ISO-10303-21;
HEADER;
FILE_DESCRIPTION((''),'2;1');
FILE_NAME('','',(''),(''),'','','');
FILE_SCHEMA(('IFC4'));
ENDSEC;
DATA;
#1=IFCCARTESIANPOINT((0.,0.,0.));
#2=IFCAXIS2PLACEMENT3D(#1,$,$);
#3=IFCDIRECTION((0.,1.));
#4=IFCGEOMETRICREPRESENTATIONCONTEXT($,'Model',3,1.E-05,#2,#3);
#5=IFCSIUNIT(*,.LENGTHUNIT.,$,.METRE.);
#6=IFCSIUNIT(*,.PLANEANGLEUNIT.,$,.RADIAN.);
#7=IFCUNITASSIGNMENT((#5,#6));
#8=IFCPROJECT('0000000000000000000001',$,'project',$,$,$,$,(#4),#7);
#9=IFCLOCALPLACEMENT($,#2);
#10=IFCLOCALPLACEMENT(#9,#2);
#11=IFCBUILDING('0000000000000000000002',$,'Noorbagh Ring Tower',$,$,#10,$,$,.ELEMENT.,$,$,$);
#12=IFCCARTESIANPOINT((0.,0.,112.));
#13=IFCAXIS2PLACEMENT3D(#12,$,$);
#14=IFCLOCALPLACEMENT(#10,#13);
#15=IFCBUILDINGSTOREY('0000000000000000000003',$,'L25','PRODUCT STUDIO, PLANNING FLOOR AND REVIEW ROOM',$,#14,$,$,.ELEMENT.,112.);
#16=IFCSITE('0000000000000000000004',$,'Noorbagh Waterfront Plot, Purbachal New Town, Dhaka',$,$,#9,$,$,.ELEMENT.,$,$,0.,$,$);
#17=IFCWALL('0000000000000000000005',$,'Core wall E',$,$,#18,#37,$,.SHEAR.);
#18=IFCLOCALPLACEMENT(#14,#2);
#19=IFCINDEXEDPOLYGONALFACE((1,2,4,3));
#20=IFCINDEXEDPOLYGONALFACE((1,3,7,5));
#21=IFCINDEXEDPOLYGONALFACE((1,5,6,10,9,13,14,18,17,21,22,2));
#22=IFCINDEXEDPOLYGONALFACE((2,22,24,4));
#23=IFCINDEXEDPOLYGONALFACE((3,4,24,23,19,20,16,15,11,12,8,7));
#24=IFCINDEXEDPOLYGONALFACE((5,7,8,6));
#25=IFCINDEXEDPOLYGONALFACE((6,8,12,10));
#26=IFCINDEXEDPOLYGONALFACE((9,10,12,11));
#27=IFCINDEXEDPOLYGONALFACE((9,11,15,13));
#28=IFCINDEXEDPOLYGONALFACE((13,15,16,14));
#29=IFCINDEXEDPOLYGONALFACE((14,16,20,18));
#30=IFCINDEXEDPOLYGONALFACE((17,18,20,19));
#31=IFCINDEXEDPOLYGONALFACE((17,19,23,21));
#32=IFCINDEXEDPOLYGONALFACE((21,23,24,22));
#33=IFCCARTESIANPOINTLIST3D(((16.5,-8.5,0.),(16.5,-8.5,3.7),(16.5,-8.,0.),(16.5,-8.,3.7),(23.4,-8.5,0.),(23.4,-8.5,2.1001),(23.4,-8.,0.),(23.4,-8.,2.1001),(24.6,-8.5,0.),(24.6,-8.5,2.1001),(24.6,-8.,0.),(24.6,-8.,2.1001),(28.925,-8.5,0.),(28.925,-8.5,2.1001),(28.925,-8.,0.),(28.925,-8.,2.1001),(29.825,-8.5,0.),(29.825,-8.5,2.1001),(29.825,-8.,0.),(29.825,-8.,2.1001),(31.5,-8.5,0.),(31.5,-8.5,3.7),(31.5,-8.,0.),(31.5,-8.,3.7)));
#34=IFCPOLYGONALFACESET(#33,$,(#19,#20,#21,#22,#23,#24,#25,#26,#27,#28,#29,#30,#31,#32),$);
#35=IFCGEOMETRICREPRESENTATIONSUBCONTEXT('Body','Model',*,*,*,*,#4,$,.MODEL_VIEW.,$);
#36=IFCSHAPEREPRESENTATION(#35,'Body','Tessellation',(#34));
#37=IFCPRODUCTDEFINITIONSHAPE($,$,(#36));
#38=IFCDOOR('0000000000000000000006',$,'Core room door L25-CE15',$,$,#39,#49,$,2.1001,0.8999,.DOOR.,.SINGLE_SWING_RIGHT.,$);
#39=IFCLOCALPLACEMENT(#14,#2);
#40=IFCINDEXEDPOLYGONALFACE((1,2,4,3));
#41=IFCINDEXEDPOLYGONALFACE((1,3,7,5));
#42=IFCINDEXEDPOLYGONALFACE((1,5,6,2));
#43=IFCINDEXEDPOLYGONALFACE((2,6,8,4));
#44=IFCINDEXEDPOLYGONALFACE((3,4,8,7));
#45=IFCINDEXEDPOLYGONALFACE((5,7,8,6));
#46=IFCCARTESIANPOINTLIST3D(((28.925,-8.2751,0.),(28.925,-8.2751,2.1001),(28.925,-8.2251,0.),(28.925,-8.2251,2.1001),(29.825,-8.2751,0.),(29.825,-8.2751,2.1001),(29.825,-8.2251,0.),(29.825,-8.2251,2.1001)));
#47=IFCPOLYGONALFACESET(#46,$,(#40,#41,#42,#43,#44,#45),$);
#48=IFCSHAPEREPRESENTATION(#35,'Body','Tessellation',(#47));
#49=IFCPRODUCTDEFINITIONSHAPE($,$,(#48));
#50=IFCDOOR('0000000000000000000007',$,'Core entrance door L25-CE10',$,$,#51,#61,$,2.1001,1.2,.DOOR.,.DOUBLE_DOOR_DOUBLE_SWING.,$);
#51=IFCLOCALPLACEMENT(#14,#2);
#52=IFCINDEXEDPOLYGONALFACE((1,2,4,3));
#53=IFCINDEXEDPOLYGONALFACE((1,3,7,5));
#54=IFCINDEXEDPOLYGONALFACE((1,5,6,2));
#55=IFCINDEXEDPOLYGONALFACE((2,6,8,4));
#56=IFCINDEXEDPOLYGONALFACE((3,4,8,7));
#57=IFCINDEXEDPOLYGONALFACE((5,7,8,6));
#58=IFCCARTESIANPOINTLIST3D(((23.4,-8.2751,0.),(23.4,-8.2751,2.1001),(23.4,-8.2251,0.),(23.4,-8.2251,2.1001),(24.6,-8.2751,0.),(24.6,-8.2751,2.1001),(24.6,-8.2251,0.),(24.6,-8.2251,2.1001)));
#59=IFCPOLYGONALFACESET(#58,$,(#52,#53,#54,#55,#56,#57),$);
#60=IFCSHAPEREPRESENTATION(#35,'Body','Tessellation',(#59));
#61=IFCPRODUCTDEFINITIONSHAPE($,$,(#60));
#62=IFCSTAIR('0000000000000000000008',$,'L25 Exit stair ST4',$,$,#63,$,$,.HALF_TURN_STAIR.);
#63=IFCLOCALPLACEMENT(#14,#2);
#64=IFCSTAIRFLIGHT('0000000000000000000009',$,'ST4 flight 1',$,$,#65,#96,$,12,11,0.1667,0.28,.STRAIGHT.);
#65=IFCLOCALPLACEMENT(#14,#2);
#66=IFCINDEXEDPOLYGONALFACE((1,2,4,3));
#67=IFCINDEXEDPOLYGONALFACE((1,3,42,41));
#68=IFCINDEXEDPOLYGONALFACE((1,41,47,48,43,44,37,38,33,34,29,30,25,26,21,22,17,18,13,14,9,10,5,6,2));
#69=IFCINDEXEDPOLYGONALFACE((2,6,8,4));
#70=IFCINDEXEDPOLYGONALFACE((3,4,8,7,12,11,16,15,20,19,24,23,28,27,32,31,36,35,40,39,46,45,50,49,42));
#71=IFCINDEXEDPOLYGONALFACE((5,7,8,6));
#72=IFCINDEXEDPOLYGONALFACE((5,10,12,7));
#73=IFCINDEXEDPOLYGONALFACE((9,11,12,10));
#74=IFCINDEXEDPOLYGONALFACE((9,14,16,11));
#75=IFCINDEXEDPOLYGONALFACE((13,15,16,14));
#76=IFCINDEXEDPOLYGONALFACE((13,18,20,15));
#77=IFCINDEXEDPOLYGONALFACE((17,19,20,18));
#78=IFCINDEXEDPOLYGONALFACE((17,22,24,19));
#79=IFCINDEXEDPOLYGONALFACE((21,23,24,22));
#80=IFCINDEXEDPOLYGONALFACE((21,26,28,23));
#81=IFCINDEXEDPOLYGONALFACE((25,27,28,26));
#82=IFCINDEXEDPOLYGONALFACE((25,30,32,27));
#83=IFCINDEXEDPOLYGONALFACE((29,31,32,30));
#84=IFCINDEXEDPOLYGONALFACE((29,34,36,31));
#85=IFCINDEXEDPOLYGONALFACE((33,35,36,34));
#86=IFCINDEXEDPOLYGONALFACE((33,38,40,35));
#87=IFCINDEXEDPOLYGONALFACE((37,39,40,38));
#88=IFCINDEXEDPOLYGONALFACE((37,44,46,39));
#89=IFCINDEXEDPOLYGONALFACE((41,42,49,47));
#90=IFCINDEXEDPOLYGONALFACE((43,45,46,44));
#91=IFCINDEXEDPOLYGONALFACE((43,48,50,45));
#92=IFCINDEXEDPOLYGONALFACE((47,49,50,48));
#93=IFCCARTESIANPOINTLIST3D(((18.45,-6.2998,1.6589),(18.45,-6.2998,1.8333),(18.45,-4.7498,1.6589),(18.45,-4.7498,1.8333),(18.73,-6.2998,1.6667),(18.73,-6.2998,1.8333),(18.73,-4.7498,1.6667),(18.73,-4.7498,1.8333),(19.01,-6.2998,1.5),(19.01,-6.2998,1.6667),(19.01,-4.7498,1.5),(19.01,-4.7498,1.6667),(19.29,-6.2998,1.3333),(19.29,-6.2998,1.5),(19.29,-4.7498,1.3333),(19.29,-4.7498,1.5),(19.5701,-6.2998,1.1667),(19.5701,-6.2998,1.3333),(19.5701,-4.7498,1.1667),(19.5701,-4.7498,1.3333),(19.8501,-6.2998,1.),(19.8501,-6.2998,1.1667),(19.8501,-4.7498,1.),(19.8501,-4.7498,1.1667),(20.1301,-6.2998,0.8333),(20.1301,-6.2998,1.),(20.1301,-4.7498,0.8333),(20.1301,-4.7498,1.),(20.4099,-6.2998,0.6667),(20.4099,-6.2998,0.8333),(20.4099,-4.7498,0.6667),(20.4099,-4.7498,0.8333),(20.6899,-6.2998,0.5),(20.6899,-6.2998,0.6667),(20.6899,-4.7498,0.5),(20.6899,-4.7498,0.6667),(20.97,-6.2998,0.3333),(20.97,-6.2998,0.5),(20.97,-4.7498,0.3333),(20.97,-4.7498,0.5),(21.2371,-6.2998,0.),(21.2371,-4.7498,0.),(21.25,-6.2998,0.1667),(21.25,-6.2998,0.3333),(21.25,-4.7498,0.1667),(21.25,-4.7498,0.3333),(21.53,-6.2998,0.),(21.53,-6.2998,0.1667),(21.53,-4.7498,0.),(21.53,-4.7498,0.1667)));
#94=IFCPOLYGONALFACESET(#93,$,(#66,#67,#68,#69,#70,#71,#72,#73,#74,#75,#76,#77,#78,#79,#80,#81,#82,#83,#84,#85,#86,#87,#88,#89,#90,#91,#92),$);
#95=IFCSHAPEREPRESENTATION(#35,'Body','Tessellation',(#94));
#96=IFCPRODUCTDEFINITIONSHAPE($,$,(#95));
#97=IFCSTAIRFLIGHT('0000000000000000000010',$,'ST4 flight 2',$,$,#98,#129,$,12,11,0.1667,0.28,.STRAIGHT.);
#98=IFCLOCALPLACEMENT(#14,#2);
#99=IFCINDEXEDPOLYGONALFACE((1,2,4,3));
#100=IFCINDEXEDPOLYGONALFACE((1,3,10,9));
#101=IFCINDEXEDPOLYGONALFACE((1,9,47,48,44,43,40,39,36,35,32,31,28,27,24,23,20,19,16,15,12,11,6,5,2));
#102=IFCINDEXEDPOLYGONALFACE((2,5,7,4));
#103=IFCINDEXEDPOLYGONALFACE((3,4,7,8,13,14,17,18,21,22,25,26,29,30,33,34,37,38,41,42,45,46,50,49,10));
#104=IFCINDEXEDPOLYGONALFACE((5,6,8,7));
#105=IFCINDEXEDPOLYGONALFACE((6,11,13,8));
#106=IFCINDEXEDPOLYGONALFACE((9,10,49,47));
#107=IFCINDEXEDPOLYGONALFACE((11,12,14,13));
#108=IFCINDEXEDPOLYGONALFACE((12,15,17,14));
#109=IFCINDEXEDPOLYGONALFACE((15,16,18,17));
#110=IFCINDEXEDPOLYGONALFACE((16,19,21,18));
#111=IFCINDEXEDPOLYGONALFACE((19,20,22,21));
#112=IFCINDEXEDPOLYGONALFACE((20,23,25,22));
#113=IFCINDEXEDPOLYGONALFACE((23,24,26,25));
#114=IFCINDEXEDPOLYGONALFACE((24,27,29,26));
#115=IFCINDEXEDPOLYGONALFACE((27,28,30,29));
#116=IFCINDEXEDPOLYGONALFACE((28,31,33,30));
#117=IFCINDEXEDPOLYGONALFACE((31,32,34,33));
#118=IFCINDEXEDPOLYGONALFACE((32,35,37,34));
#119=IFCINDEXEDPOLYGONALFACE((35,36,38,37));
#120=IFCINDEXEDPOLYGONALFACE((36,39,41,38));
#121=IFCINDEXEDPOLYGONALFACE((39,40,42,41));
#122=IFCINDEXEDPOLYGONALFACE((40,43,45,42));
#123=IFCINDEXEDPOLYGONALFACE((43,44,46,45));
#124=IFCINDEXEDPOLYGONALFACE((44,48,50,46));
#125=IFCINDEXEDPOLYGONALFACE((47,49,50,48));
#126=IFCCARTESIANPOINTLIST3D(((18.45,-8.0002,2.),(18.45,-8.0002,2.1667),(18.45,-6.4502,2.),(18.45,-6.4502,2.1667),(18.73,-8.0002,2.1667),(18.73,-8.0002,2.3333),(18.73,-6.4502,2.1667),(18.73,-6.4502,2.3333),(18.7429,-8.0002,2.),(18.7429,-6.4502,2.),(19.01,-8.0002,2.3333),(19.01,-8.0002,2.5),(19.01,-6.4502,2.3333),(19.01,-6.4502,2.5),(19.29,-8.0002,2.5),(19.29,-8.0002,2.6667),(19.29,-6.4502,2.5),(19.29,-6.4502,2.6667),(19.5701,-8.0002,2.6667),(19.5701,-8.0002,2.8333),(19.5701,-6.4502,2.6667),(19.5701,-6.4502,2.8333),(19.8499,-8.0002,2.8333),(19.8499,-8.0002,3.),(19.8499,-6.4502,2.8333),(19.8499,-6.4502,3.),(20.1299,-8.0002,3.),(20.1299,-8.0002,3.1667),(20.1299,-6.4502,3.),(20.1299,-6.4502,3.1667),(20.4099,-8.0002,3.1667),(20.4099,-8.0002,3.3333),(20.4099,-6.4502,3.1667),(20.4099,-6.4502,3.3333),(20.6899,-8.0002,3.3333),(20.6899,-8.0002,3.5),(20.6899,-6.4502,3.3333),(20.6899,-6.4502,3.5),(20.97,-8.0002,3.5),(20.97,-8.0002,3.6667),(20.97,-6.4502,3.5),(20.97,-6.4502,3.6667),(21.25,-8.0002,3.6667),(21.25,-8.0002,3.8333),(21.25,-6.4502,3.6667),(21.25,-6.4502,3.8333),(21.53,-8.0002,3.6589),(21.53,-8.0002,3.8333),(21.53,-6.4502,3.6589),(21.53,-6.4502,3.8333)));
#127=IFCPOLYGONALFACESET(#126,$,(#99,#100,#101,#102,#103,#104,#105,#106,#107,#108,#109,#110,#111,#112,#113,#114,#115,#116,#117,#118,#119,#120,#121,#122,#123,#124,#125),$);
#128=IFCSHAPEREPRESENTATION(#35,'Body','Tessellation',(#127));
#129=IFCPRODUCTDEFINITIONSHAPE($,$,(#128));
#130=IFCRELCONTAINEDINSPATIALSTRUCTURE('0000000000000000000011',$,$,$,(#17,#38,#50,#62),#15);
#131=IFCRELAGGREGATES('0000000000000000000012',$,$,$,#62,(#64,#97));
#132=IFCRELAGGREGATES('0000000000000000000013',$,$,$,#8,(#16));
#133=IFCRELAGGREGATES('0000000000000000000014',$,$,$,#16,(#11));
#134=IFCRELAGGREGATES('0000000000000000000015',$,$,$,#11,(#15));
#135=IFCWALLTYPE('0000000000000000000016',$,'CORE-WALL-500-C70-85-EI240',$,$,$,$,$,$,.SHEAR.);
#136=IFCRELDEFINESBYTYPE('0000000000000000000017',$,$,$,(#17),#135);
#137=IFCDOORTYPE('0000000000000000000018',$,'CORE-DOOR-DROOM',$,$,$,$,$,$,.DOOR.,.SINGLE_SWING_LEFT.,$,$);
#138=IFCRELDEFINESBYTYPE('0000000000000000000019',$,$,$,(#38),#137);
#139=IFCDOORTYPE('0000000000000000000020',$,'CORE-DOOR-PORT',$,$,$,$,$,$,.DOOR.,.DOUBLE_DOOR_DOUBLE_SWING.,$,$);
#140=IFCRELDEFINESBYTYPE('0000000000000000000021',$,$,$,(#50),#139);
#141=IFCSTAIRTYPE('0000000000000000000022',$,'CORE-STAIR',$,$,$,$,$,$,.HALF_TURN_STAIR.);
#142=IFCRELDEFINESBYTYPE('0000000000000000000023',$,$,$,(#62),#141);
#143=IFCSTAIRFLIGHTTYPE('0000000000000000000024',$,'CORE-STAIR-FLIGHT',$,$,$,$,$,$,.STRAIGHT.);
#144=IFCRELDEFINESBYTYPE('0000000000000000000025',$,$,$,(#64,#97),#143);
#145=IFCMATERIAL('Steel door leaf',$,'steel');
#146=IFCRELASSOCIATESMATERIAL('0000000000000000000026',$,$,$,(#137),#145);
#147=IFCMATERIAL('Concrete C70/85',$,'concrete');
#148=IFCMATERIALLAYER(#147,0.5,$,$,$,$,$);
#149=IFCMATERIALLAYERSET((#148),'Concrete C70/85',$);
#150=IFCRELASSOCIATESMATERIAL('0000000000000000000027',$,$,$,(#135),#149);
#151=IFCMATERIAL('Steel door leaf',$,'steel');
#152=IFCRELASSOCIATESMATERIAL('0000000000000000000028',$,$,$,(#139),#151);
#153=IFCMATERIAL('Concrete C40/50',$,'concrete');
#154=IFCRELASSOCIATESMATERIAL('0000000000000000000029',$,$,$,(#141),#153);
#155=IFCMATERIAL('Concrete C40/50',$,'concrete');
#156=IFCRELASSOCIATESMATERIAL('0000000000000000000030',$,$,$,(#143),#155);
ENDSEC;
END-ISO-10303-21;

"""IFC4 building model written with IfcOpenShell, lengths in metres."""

from ifc_helpers import new_model, si_unit, direction, frame, frame_2d, origin, place, context, subcontext, project, spatial, polyline, rectangle, outline, extrude, material, layer, layer_set, type_object, element, fill, aggregate, save


model = new_model("IFC4")

# Units and contexts
model_context = context("Model", 3, precision=1e-05, world=origin(), true_north=direction((0.0, 1.0)))
body_context = subcontext(model_context, "Body", "Model", "MODEL_VIEW")
ifc_project = project(units=[si_unit("LENGTHUNIT", "METRE"), si_unit("PLANEANGLEUNIT", "RADIAN")], contexts=[model_context])

# Site, building, storey
site_placement = place(None, origin())
site = spatial("IfcSite", under=ifc_project, at=site_placement, Name="Noorbagh Waterfront Plot, Purbachal New Town, Dhaka", CompositionType="ELEMENT", RefElevation=0.0)
building_placement = place(site_placement, origin())
building = spatial("IfcBuilding", under=site, at=building_placement, Name="Noorbagh Ring Tower", CompositionType="ELEMENT")
storey_placement = place(building_placement, frame((0.0, 0.0, 112.0)))
storey = spatial("IfcBuildingStorey", under=building, at=storey_placement, Name="L25", Description="PRODUCT STUDIO, PLANNING FLOOR AND REVIEW ROOM", CompositionType="ELEMENT", Elevation=112.0)

# Shared definitions
ifc_material_1 = material(Name="Steel door leaf", Category="steel")
door_type_1 = type_object("IfcDoorType", Name="CORE-DOOR-DROOM", OperationType="SINGLE_SWING_LEFT", PredefinedType="DOOR", material=ifc_material_1)

# Wall, openings, doors
ifc_material_2 = material(Name="Concrete C70/85", Category="concrete")
ifc_layer_1 = layer(ifc_material_2, 0.5)
ifc_layer_set_1 = layer_set([ifc_layer_1], Name="Concrete C70/85")
wall_type_1 = type_object("IfcWallType", Name="CORE-WALL-500-C70-85-EI240", PredefinedType="SHEAR", material=ifc_layer_set_1)
wall_1_placement = place(storey_placement, frame((16.5, -8.25, 0.0), z_axis=(0.0, 0.0, 1.0), x_axis=(1.0, 0.0, 0.0)))
wall_1 = element("IfcWall", 1, at=wall_1_placement, inside=storey, type_object=wall_type_1, Name="Core wall E", PredefinedType="SHEAR", context=body_context, shape_type="SweptSolid", body=[
    extrude(rectangle(XDim=15.0, YDim=0.5, at=frame_2d((7.5, 0.0))), origin(), (0.0, 0.0, 1.0), 3.7),
])
opening_1_placement = place(wall_1_placement, frame((6.8999, 0.0, 0.0)))
opening_1 = element("IfcOpeningElement", 2, at=opening_1_placement, cuts=wall_1, PredefinedType="OPENING", context=body_context, shape_type="SweptSolid", body=[
    extrude(rectangle(XDim=1.2, YDim=2.1001, at=frame_2d((0.6001, 1.05))), frame((0.0, 0.26, 0.0), z_axis=(0.0, -1.0, 0.0), x_axis=(1.0, 0.0, 0.0)), (0.0, 0.0, 1.0), 0.52),
])
opening_2_placement = place(wall_1_placement, frame((12.425, 0.0, 0.0)))
opening_2 = element("IfcOpeningElement", 3, at=opening_2_placement, cuts=wall_1, PredefinedType="OPENING", context=body_context, shape_type="SweptSolid", body=[
    extrude(rectangle(XDim=0.8999, YDim=2.1001, at=frame_2d((0.45, 1.05))), frame((0.0, 0.26, 0.0), z_axis=(0.0, -1.0, 0.0), x_axis=(1.0, 0.0, 0.0)), (0.0, 0.0, 1.0), 0.52),
])
door_1_placement = place(opening_2_placement, origin())
door_1 = element("IfcDoor", 4, at=door_1_placement, inside=storey, type_object=door_type_1, Name="Core room door L25-CE15", OperationType="SINGLE_SWING_RIGHT", OverallHeight=2.1001, OverallWidth=0.8999, PredefinedType="DOOR", context=body_context, shape_type="SweptSolid", body=[
    extrude(rectangle(XDim=0.8999, YDim=2.1001, at=frame_2d((0.45, 1.05))), frame((0.0, 0.0249, 0.0), z_axis=(0.0, -1.0, 0.0), x_axis=(1.0, 0.0, 0.0)), (0.0, 0.0, 1.0), 0.05),
])
fill(opening_2, door_1)
ifc_material_3 = material(Name="Steel door leaf", Category="steel")
door_type_2 = type_object("IfcDoorType", Name="CORE-DOOR-PORT", OperationType="DOUBLE_DOOR_DOUBLE_SWING", PredefinedType="DOOR", material=ifc_material_3)
door_2_placement = place(opening_1_placement, origin())
door_2 = element("IfcDoor", 5, at=door_2_placement, inside=storey, type_object=door_type_2, Name="Core entrance door L25-CE10", OperationType="DOUBLE_DOOR_DOUBLE_SWING", OverallHeight=2.1001, OverallWidth=1.2, PredefinedType="DOOR", context=body_context, shape_type="SweptSolid", body=[
    extrude(rectangle(XDim=1.2, YDim=2.1001, at=frame_2d((0.6001, 1.05))), frame((0.0, 0.0249, 0.0), z_axis=(0.0, -1.0, 0.0), x_axis=(1.0, 0.0, 0.0)), (0.0, 0.0, 1.0), 0.05),
])
fill(opening_1, door_2)

# Stair, stair flights
ifc_material_4 = material(Name="Concrete C40/50", Category="concrete")
stair_type = type_object("IfcStairType", Name="CORE-STAIR", PredefinedType="HALF_TURN_STAIR", material=ifc_material_4)
stair_placement = place(storey_placement, origin())
stair = element("IfcStair", 6, at=stair_placement, inside=storey, type_object=stair_type, Name="L25 Exit stair ST4", PredefinedType="HALF_TURN_STAIR")
ifc_material_5 = material(Name="Concrete C40/50", Category="concrete")
stair_flight_type = type_object("IfcStairFlightType", Name="CORE-STAIR-FLIGHT", PredefinedType="STRAIGHT", material=ifc_material_5)
stair_flight_1_placement = place(storey_placement, frame((21.53, -5.5249, 0.0), z_axis=(0.0, 0.0, 1.0), x_axis=(-1.0, 0.0, 0.0)))
stair_flight_1 = element("IfcStairFlight", 7, at=stair_flight_1_placement, type_object=stair_flight_type, Name="ST4 flight 1", NumberOfRisers=12, NumberOfTreads=11, PredefinedType="STRAIGHT", RiserHeight=0.1667, TreadLength=0.28, context=body_context, shape_type="SweptSolid", body=[
    extrude(outline(polyline([(0.0, 0.0), (0.0, 0.1667), (0.28, 0.1667), (0.28, 0.3333), (0.5601, 0.3333), (0.5601, 0.5), (0.8401, 0.5), (0.8401, 0.6667), (1.1201, 0.6667), (1.1201, 0.8333), (1.3999, 0.8333), (1.3999, 1.0), (1.6799, 1.0), (1.6799, 1.1667), (1.96, 1.1667), (1.96, 1.3333), (2.24, 1.3333), (2.24, 1.5), (2.52, 1.5), (2.52, 1.6667), (2.8, 1.6667), (2.8, 1.8333), (3.0801, 1.8333), (3.0801, 2.0), (3.0801, 1.6589), (0.293, 0.0), (0.0, 0.0)])), frame((0.0, 0.7749, 0.0), z_axis=(0.0, -1.0, 0.0), x_axis=(1.0, 0.0, 0.0)), (0.0, 0.0, 1.0), 1.55),
])
stair_flight_2_placement = place(storey_placement, frame((18.45, -7.2251, 2.0), z_axis=(0.0, 0.0, 1.0), x_axis=(1.0, 0.0, 0.0)))
stair_flight_2 = element("IfcStairFlight", 8, at=stair_flight_2_placement, type_object=stair_flight_type, Name="ST4 flight 2", NumberOfRisers=12, NumberOfTreads=11, PredefinedType="STRAIGHT", RiserHeight=0.1667, TreadLength=0.28, context=body_context, shape_type="SweptSolid", body=[
    extrude(outline(polyline([(0.0, 0.0), (0.0, 0.1667), (0.28, 0.1667), (0.28, 0.3333), (0.5601, 0.3333), (0.5601, 0.5), (0.8401, 0.5), (0.8401, 0.6667), (1.1201, 0.6667), (1.1201, 0.8333), (1.3999, 0.8333), (1.3999, 1.0), (1.6799, 1.0), (1.6799, 1.1667), (1.96, 1.1667), (1.96, 1.3333), (2.24, 1.3333), (2.24, 1.5), (2.52, 1.5), (2.52, 1.6667), (2.8, 1.6667), (2.8, 1.8333), (3.0801, 1.8333), (3.0801, 2.0), (3.0801, 1.6589), (0.293, 0.0), (0.0, 0.0)])), frame((0.0, 0.7749, 0.0), z_axis=(0.0, -1.0, 0.0), x_axis=(1.0, 0.0, 0.0)), (0.0, 0.0, 1.0), 1.55),
])
aggregate(stair, [stair_flight_1, stair_flight_2])

save(model, "model.ifc")
